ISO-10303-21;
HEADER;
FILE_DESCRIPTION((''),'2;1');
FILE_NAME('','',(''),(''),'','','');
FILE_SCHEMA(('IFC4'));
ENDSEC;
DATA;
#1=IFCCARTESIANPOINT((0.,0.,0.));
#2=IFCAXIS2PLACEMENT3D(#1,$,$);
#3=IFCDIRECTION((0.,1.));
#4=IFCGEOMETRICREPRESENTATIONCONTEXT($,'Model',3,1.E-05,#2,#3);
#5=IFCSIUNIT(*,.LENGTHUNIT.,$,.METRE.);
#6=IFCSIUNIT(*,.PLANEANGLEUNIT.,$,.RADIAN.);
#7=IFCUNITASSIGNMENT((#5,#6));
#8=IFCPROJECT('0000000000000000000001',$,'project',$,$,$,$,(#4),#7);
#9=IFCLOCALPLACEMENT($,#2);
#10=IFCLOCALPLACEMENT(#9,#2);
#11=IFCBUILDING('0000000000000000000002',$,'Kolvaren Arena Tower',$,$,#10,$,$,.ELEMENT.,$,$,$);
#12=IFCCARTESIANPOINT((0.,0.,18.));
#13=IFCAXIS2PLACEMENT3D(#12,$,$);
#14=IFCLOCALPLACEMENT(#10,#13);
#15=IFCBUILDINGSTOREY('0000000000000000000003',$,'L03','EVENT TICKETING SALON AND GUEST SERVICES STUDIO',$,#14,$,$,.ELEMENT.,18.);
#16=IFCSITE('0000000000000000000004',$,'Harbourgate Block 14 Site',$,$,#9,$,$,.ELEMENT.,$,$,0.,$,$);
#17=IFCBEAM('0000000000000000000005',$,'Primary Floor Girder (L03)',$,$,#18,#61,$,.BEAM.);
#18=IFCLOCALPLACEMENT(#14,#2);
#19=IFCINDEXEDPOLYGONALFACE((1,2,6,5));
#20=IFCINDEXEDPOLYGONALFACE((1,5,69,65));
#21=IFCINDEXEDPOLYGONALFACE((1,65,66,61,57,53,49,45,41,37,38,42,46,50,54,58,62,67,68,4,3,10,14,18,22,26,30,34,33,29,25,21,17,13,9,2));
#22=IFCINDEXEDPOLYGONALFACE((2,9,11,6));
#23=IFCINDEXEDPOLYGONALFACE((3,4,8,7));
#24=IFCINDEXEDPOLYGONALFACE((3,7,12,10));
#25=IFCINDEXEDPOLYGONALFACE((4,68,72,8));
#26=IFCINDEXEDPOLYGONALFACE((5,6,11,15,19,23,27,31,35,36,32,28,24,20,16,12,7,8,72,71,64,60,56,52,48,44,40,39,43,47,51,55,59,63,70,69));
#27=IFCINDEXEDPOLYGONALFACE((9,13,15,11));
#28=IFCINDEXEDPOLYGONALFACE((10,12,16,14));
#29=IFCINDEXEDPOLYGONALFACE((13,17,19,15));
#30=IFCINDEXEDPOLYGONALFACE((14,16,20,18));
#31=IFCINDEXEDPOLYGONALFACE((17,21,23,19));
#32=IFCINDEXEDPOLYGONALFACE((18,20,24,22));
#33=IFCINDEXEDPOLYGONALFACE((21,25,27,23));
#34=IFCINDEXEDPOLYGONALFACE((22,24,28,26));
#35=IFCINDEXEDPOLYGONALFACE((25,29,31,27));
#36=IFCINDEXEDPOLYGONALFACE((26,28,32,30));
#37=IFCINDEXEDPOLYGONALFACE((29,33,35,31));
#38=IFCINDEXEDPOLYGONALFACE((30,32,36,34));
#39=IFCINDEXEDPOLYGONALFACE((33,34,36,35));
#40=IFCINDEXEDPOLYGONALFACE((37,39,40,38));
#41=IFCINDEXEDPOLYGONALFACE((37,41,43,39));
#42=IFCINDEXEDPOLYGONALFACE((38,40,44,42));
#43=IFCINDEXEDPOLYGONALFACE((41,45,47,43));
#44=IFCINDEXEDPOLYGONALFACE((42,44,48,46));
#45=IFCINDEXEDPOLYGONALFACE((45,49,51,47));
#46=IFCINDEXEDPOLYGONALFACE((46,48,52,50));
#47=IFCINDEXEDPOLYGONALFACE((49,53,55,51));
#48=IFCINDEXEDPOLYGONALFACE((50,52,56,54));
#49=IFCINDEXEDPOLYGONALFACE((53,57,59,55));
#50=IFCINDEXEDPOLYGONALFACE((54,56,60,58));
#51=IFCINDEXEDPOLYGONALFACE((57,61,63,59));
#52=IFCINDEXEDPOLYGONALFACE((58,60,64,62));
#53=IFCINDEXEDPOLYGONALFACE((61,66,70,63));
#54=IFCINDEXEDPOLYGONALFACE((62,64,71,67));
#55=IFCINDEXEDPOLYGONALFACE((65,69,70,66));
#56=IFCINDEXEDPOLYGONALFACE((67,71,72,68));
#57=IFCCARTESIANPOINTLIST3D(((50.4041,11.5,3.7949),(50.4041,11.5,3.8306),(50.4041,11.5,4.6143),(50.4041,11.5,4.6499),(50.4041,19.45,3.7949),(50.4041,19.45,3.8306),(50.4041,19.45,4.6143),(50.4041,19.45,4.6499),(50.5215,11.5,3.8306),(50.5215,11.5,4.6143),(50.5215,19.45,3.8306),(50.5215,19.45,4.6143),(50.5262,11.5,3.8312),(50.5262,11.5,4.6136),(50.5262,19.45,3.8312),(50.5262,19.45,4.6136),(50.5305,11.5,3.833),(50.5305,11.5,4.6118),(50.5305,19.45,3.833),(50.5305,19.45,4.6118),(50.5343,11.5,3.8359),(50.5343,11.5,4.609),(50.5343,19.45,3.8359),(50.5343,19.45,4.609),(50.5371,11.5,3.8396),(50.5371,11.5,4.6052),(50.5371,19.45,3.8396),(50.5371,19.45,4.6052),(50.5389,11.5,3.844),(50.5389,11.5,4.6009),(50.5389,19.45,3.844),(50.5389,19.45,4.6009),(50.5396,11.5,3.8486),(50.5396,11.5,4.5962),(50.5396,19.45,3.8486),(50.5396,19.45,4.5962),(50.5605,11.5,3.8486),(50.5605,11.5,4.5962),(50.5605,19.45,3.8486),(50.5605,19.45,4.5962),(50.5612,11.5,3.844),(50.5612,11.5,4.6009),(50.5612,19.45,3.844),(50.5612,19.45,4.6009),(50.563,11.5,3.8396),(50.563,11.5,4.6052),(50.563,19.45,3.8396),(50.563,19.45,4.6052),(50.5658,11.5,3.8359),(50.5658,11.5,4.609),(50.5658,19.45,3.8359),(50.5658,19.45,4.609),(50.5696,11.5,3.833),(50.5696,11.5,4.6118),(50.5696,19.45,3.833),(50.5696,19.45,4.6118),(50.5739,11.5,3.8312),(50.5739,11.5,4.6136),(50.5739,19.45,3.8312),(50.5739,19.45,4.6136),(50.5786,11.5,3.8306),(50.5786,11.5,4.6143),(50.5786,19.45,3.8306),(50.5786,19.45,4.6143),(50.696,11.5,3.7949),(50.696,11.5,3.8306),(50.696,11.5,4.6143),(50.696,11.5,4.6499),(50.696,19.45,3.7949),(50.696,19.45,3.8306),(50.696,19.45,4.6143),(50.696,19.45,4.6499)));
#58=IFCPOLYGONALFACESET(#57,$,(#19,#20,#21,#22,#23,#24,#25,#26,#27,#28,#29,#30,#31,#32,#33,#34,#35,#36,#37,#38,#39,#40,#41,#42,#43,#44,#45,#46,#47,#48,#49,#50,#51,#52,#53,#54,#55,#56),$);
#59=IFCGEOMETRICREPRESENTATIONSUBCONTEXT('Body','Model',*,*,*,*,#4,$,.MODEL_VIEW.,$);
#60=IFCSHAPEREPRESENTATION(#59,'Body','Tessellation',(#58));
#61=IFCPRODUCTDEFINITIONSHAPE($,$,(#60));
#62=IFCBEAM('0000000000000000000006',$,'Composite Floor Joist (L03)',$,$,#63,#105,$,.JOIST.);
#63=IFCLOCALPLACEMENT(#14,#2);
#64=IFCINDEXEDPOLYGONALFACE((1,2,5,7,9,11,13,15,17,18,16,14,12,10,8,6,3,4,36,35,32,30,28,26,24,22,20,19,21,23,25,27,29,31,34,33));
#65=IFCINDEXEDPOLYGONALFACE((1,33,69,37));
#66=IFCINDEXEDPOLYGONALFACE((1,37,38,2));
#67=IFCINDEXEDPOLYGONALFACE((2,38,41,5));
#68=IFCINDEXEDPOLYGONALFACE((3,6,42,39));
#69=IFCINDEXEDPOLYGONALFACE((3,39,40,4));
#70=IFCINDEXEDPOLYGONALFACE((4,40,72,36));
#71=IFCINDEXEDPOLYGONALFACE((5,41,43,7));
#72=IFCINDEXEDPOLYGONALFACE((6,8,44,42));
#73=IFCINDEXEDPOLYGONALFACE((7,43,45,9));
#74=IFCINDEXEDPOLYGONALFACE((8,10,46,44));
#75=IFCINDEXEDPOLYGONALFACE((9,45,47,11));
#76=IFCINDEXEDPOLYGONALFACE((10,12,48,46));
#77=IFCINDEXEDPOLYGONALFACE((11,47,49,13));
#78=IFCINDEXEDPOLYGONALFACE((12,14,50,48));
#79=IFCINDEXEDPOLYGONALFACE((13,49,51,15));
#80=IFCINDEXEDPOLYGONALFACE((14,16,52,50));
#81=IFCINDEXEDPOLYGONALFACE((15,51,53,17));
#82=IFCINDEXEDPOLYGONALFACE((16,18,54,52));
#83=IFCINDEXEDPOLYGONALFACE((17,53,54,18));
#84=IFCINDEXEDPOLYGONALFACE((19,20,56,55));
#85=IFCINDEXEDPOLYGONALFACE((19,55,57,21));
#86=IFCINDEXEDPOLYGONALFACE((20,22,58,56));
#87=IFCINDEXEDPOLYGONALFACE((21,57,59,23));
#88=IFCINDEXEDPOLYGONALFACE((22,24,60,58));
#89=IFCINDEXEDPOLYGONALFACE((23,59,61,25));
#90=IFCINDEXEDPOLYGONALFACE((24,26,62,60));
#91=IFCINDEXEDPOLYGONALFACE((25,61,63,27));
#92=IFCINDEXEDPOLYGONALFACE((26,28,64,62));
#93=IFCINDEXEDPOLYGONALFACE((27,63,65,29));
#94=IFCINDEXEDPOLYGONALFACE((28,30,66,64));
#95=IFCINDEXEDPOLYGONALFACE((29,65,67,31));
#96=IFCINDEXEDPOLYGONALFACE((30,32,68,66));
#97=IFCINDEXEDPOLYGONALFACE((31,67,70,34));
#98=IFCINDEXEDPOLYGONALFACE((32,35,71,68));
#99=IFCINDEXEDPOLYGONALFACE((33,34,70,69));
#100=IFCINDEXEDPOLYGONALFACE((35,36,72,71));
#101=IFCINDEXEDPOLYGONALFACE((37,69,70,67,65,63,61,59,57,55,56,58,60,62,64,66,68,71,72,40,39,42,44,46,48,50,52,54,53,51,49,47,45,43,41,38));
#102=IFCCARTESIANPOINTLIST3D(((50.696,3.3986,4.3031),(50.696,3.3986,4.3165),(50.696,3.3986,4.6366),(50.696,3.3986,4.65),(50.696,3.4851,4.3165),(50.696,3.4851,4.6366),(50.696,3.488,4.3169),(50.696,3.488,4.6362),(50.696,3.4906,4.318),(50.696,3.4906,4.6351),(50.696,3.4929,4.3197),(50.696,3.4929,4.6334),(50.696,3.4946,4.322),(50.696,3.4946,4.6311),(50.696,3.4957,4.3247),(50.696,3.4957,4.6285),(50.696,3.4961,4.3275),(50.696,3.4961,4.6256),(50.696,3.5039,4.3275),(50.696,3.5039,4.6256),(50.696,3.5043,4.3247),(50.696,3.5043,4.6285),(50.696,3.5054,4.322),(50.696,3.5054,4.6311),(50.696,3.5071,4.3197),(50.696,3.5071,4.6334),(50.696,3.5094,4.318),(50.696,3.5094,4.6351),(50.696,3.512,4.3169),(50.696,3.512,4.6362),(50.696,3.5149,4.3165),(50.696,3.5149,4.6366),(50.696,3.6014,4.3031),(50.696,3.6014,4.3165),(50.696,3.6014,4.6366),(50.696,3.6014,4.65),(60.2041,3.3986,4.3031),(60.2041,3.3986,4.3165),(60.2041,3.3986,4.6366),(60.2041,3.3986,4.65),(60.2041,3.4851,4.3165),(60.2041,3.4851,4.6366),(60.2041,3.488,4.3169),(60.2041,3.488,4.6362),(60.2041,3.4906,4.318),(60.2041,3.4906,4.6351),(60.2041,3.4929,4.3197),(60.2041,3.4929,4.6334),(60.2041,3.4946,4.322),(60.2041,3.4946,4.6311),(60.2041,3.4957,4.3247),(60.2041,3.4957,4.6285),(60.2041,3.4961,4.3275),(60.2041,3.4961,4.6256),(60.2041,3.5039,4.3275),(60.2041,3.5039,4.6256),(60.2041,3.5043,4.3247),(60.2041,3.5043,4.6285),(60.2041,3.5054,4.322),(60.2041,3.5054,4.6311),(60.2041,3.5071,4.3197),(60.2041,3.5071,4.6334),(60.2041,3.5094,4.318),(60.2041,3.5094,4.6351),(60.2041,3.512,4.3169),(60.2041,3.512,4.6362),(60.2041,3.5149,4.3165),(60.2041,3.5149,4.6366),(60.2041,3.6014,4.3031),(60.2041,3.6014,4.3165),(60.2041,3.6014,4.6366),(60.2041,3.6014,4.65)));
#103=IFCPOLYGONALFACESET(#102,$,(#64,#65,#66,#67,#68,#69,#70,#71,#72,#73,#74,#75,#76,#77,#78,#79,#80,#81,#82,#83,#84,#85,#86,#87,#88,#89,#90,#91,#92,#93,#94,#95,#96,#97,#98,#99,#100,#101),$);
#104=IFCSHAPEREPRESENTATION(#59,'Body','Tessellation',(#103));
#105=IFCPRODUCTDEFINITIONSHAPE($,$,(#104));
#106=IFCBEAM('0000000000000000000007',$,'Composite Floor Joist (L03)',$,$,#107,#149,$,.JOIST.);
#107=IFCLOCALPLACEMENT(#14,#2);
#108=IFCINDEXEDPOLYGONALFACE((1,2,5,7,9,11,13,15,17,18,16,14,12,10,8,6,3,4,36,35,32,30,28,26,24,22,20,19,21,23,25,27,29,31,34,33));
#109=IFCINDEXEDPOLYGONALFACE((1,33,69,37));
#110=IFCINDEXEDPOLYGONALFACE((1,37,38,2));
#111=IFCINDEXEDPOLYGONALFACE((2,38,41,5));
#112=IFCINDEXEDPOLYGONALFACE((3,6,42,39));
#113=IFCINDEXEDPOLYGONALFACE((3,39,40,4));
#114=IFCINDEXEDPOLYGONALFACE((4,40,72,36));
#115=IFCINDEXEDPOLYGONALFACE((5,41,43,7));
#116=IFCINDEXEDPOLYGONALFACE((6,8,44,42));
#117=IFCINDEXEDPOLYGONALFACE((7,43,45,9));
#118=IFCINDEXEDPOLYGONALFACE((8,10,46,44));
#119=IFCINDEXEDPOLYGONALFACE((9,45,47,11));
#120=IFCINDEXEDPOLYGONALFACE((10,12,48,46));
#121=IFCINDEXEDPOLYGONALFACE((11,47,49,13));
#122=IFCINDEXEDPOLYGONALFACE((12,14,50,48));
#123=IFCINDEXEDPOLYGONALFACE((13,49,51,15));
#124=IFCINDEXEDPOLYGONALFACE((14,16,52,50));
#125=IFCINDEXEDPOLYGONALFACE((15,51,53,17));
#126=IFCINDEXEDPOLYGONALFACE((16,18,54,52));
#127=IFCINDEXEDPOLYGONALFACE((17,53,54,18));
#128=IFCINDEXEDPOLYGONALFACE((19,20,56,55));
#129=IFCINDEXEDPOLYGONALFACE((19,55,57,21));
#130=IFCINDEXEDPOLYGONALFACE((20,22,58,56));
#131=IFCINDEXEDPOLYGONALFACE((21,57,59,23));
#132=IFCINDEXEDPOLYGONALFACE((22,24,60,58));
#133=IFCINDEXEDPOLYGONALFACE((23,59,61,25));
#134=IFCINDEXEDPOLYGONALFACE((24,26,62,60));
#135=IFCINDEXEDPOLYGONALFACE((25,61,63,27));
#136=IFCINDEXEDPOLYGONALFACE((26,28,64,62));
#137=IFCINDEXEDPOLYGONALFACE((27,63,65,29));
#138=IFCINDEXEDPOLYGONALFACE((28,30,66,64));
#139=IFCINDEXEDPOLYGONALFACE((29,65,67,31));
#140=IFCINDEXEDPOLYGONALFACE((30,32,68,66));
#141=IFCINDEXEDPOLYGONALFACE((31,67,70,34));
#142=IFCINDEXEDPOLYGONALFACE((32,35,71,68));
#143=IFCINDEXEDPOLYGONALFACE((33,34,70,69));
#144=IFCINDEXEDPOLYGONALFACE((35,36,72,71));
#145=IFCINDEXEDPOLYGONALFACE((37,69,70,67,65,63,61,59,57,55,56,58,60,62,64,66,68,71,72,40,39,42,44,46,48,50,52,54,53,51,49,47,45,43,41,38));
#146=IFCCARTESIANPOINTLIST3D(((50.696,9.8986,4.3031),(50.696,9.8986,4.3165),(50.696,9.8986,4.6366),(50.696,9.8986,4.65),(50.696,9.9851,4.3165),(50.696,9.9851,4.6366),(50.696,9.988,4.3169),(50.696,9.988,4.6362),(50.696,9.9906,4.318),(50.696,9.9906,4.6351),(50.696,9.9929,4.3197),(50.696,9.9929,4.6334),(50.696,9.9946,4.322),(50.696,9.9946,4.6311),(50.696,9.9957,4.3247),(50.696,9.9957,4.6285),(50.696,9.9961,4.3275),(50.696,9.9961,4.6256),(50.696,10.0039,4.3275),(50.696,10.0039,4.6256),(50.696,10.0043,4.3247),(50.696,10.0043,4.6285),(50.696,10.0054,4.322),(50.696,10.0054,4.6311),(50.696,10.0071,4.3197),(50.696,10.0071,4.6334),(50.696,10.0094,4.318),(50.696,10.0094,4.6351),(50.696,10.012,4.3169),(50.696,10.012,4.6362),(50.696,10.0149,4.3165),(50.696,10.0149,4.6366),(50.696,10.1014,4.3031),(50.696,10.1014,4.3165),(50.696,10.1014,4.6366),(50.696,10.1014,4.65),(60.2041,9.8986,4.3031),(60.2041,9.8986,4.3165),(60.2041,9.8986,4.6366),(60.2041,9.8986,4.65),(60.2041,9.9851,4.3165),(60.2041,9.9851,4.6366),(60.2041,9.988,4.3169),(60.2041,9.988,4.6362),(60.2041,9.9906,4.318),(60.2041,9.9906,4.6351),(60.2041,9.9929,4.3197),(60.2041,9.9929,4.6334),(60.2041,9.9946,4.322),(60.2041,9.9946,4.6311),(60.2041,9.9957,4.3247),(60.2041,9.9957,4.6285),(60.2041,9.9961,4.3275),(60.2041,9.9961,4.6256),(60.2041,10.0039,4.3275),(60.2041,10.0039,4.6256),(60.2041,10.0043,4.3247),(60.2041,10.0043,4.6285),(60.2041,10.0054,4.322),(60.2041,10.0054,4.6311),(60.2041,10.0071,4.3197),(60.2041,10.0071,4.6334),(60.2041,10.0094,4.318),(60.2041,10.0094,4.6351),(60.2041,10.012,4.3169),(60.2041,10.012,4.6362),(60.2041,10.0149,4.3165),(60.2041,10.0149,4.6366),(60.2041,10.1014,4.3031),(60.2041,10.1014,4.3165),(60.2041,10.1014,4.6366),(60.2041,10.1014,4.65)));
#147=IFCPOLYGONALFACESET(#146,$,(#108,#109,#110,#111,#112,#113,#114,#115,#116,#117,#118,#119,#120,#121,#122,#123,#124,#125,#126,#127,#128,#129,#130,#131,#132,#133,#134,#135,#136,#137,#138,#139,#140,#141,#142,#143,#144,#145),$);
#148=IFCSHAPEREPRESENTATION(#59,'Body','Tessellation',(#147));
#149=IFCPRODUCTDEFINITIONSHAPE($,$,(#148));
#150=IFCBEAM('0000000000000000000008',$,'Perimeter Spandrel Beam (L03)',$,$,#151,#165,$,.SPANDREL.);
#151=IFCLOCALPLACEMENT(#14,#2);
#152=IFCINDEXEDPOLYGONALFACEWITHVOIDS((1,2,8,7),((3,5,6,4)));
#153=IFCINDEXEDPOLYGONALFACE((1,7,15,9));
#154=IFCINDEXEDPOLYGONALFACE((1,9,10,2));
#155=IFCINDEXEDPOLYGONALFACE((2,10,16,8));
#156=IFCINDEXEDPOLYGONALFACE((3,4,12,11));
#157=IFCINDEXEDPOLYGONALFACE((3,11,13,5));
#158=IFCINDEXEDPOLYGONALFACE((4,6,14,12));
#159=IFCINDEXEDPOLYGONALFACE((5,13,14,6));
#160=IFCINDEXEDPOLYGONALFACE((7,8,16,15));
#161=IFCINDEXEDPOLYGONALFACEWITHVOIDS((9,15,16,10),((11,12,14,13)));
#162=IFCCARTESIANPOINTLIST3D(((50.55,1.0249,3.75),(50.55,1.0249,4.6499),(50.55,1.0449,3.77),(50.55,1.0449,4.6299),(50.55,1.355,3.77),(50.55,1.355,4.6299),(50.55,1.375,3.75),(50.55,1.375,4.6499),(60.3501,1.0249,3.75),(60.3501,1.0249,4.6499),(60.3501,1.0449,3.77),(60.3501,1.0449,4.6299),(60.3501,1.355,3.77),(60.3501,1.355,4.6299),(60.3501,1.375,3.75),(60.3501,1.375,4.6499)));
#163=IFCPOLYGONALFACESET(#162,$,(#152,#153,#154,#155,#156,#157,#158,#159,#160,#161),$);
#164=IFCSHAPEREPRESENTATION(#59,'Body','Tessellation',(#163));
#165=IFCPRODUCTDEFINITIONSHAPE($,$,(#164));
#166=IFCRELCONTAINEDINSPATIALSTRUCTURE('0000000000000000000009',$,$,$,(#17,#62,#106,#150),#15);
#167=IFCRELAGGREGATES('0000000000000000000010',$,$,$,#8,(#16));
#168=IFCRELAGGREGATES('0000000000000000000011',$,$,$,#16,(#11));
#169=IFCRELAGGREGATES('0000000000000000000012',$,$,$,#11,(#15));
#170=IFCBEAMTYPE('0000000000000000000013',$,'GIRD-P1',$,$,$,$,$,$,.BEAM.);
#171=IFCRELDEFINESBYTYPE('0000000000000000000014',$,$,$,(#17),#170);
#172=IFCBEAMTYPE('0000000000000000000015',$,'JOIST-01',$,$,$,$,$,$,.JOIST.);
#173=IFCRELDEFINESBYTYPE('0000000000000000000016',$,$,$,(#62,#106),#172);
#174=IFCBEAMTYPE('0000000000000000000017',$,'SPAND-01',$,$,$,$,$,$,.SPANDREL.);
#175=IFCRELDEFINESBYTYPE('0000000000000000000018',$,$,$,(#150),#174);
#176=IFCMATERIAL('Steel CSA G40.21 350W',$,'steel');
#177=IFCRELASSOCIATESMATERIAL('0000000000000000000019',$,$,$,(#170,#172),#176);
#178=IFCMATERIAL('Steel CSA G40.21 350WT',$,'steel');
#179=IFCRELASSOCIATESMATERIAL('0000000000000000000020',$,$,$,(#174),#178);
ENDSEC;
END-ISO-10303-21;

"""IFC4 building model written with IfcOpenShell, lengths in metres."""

from ifc_helpers import new_model, si_unit, direction, frame, origin, origin_2d, place, context, subcontext, project, spatial, hollow_rectangle, i_section, extrude, material, material_profile, profile_set, type_object, element, save


model = new_model("IFC4")

# Units and contexts
model_context = context("Model", 3, precision=1e-05, world=origin(), true_north=direction((0.0, 1.0)))
body_context = subcontext(model_context, "Body", "Model", "MODEL_VIEW")
ifc_project = project(units=[si_unit("LENGTHUNIT", "METRE"), si_unit("PLANEANGLEUNIT", "RADIAN")], contexts=[model_context])

# Site, building, storey
site_placement = place(None, origin())
site = spatial("IfcSite", under=ifc_project, at=site_placement, Name="Harbourgate Block 14 Site", CompositionType="ELEMENT", RefElevation=0.0)
building_placement = place(site_placement, origin())
building = spatial("IfcBuilding", under=site, at=building_placement, Name="Kolvaren Arena Tower", CompositionType="ELEMENT")
storey_placement = place(building_placement, frame((0.0, 0.0, 18.0)))
storey = spatial("IfcBuildingStorey", under=building, at=storey_placement, Name="L03", Description="EVENT TICKETING SALON AND GUEST SERVICES STUDIO", CompositionType="ELEMENT", Elevation=18.0)

# Beams
ifc_material_1 = material(Name="Steel CSA G40.21 350W", Category="steel")
ifc_material_profile_1 = material_profile(ifc_material_1, i_section(OverallWidth=0.292, OverallDepth=0.855, WebThickness=0.021, FlangeThickness=0.0356, FilletRadius=0.0181, at=origin_2d()), Name="W840x299")
ifc_profile_set_1 = profile_set([ifc_material_profile_1], Name="Steel CSA G40.21 350W")
beam_type_1 = type_object("IfcBeamType", Name="GIRD-P1", PredefinedType="BEAM", material=ifc_profile_set_1)
beam_1_placement = place(storey_placement, frame((50.55, 11.5, 4.2224), z_axis=(0.0, 1.0, 0.0), x_axis=(-1.0, 0.0, 0.0)))
element("IfcBeam", 1, at=beam_1_placement, inside=storey, type_object=beam_type_1, Name="Primary Floor Girder (L03)", PredefinedType="BEAM", context=body_context, shape_type="SweptSolid", body=[
    extrude(i_section(OverallWidth=0.292, OverallDepth=0.855, WebThickness=0.021, FlangeThickness=0.0356, FilletRadius=0.0181, at=origin_2d()), origin(), (0.0, 0.0, 1.0), 7.95),
])
ifc_material_profile_2 = material_profile(ifc_material_1, i_section(OverallWidth=0.2029, OverallDepth=0.3469, WebThickness=0.0078, FlangeThickness=0.0134, FilletRadius=0.011, at=origin_2d()), Name="W360x64")
ifc_profile_set_2 = profile_set([ifc_material_profile_2], Name="Steel CSA G40.21 350W")
beam_type_2 = type_object("IfcBeamType", Name="JOIST-01", PredefinedType="JOIST", material=ifc_profile_set_2)
for number, where, z_axis, x_axis, name in (
    (2, (50.696, 3.5, 4.4766), (1.0, 0.0, 0.0), (0.0, 1.0, 0.0), "Composite Floor Joist (L03)"),
    (3, (50.696, 10.0, 4.4766), (1.0, 0.0, 0.0), (0.0, 1.0, 0.0), "Composite Floor Joist (L03)"),
):
    element("IfcBeam", number, at=place(storey_placement, frame(where, z_axis=z_axis, x_axis=x_axis)), inside=storey, type_object=beam_type_2, Name=name, PredefinedType="JOIST", context=body_context, shape_type="SweptSolid", body=[
        extrude(i_section(OverallWidth=0.2029, OverallDepth=0.3469, WebThickness=0.0078, FlangeThickness=0.0134, FilletRadius=0.011, at=origin_2d()), origin(), (0.0, 0.0, 1.0), 9.5081),
    ])
ifc_material_2 = material(Name="Steel CSA G40.21 350WT", Category="steel")
ifc_material_profile_3 = material_profile(ifc_material_2, hollow_rectangle(XDim=0.3501, YDim=0.8999, WallThickness=0.02, at=origin_2d()), Name="HSS 900x350x20")
ifc_profile_set_3 = profile_set([ifc_material_profile_3], Name="Steel CSA G40.21 350WT")
beam_type_3 = type_object("IfcBeamType", Name="SPAND-01", PredefinedType="SPANDREL", material=ifc_profile_set_3)
beam_2_placement = place(storey_placement, frame((50.55, 1.2, 4.2), z_axis=(1.0, 0.0, 0.0), x_axis=(0.0, 1.0, 0.0)))
element("IfcBeam", 4, at=beam_2_placement, inside=storey, type_object=beam_type_3, Name="Perimeter Spandrel Beam (L03)", PredefinedType="SPANDREL", context=body_context, shape_type="SweptSolid", body=[
    extrude(hollow_rectangle(XDim=0.3501, YDim=0.8999, WallThickness=0.02, at=origin_2d()), origin(), (0.0, 0.0, 1.0), 9.8),
])

save(model, "model.ifc")
